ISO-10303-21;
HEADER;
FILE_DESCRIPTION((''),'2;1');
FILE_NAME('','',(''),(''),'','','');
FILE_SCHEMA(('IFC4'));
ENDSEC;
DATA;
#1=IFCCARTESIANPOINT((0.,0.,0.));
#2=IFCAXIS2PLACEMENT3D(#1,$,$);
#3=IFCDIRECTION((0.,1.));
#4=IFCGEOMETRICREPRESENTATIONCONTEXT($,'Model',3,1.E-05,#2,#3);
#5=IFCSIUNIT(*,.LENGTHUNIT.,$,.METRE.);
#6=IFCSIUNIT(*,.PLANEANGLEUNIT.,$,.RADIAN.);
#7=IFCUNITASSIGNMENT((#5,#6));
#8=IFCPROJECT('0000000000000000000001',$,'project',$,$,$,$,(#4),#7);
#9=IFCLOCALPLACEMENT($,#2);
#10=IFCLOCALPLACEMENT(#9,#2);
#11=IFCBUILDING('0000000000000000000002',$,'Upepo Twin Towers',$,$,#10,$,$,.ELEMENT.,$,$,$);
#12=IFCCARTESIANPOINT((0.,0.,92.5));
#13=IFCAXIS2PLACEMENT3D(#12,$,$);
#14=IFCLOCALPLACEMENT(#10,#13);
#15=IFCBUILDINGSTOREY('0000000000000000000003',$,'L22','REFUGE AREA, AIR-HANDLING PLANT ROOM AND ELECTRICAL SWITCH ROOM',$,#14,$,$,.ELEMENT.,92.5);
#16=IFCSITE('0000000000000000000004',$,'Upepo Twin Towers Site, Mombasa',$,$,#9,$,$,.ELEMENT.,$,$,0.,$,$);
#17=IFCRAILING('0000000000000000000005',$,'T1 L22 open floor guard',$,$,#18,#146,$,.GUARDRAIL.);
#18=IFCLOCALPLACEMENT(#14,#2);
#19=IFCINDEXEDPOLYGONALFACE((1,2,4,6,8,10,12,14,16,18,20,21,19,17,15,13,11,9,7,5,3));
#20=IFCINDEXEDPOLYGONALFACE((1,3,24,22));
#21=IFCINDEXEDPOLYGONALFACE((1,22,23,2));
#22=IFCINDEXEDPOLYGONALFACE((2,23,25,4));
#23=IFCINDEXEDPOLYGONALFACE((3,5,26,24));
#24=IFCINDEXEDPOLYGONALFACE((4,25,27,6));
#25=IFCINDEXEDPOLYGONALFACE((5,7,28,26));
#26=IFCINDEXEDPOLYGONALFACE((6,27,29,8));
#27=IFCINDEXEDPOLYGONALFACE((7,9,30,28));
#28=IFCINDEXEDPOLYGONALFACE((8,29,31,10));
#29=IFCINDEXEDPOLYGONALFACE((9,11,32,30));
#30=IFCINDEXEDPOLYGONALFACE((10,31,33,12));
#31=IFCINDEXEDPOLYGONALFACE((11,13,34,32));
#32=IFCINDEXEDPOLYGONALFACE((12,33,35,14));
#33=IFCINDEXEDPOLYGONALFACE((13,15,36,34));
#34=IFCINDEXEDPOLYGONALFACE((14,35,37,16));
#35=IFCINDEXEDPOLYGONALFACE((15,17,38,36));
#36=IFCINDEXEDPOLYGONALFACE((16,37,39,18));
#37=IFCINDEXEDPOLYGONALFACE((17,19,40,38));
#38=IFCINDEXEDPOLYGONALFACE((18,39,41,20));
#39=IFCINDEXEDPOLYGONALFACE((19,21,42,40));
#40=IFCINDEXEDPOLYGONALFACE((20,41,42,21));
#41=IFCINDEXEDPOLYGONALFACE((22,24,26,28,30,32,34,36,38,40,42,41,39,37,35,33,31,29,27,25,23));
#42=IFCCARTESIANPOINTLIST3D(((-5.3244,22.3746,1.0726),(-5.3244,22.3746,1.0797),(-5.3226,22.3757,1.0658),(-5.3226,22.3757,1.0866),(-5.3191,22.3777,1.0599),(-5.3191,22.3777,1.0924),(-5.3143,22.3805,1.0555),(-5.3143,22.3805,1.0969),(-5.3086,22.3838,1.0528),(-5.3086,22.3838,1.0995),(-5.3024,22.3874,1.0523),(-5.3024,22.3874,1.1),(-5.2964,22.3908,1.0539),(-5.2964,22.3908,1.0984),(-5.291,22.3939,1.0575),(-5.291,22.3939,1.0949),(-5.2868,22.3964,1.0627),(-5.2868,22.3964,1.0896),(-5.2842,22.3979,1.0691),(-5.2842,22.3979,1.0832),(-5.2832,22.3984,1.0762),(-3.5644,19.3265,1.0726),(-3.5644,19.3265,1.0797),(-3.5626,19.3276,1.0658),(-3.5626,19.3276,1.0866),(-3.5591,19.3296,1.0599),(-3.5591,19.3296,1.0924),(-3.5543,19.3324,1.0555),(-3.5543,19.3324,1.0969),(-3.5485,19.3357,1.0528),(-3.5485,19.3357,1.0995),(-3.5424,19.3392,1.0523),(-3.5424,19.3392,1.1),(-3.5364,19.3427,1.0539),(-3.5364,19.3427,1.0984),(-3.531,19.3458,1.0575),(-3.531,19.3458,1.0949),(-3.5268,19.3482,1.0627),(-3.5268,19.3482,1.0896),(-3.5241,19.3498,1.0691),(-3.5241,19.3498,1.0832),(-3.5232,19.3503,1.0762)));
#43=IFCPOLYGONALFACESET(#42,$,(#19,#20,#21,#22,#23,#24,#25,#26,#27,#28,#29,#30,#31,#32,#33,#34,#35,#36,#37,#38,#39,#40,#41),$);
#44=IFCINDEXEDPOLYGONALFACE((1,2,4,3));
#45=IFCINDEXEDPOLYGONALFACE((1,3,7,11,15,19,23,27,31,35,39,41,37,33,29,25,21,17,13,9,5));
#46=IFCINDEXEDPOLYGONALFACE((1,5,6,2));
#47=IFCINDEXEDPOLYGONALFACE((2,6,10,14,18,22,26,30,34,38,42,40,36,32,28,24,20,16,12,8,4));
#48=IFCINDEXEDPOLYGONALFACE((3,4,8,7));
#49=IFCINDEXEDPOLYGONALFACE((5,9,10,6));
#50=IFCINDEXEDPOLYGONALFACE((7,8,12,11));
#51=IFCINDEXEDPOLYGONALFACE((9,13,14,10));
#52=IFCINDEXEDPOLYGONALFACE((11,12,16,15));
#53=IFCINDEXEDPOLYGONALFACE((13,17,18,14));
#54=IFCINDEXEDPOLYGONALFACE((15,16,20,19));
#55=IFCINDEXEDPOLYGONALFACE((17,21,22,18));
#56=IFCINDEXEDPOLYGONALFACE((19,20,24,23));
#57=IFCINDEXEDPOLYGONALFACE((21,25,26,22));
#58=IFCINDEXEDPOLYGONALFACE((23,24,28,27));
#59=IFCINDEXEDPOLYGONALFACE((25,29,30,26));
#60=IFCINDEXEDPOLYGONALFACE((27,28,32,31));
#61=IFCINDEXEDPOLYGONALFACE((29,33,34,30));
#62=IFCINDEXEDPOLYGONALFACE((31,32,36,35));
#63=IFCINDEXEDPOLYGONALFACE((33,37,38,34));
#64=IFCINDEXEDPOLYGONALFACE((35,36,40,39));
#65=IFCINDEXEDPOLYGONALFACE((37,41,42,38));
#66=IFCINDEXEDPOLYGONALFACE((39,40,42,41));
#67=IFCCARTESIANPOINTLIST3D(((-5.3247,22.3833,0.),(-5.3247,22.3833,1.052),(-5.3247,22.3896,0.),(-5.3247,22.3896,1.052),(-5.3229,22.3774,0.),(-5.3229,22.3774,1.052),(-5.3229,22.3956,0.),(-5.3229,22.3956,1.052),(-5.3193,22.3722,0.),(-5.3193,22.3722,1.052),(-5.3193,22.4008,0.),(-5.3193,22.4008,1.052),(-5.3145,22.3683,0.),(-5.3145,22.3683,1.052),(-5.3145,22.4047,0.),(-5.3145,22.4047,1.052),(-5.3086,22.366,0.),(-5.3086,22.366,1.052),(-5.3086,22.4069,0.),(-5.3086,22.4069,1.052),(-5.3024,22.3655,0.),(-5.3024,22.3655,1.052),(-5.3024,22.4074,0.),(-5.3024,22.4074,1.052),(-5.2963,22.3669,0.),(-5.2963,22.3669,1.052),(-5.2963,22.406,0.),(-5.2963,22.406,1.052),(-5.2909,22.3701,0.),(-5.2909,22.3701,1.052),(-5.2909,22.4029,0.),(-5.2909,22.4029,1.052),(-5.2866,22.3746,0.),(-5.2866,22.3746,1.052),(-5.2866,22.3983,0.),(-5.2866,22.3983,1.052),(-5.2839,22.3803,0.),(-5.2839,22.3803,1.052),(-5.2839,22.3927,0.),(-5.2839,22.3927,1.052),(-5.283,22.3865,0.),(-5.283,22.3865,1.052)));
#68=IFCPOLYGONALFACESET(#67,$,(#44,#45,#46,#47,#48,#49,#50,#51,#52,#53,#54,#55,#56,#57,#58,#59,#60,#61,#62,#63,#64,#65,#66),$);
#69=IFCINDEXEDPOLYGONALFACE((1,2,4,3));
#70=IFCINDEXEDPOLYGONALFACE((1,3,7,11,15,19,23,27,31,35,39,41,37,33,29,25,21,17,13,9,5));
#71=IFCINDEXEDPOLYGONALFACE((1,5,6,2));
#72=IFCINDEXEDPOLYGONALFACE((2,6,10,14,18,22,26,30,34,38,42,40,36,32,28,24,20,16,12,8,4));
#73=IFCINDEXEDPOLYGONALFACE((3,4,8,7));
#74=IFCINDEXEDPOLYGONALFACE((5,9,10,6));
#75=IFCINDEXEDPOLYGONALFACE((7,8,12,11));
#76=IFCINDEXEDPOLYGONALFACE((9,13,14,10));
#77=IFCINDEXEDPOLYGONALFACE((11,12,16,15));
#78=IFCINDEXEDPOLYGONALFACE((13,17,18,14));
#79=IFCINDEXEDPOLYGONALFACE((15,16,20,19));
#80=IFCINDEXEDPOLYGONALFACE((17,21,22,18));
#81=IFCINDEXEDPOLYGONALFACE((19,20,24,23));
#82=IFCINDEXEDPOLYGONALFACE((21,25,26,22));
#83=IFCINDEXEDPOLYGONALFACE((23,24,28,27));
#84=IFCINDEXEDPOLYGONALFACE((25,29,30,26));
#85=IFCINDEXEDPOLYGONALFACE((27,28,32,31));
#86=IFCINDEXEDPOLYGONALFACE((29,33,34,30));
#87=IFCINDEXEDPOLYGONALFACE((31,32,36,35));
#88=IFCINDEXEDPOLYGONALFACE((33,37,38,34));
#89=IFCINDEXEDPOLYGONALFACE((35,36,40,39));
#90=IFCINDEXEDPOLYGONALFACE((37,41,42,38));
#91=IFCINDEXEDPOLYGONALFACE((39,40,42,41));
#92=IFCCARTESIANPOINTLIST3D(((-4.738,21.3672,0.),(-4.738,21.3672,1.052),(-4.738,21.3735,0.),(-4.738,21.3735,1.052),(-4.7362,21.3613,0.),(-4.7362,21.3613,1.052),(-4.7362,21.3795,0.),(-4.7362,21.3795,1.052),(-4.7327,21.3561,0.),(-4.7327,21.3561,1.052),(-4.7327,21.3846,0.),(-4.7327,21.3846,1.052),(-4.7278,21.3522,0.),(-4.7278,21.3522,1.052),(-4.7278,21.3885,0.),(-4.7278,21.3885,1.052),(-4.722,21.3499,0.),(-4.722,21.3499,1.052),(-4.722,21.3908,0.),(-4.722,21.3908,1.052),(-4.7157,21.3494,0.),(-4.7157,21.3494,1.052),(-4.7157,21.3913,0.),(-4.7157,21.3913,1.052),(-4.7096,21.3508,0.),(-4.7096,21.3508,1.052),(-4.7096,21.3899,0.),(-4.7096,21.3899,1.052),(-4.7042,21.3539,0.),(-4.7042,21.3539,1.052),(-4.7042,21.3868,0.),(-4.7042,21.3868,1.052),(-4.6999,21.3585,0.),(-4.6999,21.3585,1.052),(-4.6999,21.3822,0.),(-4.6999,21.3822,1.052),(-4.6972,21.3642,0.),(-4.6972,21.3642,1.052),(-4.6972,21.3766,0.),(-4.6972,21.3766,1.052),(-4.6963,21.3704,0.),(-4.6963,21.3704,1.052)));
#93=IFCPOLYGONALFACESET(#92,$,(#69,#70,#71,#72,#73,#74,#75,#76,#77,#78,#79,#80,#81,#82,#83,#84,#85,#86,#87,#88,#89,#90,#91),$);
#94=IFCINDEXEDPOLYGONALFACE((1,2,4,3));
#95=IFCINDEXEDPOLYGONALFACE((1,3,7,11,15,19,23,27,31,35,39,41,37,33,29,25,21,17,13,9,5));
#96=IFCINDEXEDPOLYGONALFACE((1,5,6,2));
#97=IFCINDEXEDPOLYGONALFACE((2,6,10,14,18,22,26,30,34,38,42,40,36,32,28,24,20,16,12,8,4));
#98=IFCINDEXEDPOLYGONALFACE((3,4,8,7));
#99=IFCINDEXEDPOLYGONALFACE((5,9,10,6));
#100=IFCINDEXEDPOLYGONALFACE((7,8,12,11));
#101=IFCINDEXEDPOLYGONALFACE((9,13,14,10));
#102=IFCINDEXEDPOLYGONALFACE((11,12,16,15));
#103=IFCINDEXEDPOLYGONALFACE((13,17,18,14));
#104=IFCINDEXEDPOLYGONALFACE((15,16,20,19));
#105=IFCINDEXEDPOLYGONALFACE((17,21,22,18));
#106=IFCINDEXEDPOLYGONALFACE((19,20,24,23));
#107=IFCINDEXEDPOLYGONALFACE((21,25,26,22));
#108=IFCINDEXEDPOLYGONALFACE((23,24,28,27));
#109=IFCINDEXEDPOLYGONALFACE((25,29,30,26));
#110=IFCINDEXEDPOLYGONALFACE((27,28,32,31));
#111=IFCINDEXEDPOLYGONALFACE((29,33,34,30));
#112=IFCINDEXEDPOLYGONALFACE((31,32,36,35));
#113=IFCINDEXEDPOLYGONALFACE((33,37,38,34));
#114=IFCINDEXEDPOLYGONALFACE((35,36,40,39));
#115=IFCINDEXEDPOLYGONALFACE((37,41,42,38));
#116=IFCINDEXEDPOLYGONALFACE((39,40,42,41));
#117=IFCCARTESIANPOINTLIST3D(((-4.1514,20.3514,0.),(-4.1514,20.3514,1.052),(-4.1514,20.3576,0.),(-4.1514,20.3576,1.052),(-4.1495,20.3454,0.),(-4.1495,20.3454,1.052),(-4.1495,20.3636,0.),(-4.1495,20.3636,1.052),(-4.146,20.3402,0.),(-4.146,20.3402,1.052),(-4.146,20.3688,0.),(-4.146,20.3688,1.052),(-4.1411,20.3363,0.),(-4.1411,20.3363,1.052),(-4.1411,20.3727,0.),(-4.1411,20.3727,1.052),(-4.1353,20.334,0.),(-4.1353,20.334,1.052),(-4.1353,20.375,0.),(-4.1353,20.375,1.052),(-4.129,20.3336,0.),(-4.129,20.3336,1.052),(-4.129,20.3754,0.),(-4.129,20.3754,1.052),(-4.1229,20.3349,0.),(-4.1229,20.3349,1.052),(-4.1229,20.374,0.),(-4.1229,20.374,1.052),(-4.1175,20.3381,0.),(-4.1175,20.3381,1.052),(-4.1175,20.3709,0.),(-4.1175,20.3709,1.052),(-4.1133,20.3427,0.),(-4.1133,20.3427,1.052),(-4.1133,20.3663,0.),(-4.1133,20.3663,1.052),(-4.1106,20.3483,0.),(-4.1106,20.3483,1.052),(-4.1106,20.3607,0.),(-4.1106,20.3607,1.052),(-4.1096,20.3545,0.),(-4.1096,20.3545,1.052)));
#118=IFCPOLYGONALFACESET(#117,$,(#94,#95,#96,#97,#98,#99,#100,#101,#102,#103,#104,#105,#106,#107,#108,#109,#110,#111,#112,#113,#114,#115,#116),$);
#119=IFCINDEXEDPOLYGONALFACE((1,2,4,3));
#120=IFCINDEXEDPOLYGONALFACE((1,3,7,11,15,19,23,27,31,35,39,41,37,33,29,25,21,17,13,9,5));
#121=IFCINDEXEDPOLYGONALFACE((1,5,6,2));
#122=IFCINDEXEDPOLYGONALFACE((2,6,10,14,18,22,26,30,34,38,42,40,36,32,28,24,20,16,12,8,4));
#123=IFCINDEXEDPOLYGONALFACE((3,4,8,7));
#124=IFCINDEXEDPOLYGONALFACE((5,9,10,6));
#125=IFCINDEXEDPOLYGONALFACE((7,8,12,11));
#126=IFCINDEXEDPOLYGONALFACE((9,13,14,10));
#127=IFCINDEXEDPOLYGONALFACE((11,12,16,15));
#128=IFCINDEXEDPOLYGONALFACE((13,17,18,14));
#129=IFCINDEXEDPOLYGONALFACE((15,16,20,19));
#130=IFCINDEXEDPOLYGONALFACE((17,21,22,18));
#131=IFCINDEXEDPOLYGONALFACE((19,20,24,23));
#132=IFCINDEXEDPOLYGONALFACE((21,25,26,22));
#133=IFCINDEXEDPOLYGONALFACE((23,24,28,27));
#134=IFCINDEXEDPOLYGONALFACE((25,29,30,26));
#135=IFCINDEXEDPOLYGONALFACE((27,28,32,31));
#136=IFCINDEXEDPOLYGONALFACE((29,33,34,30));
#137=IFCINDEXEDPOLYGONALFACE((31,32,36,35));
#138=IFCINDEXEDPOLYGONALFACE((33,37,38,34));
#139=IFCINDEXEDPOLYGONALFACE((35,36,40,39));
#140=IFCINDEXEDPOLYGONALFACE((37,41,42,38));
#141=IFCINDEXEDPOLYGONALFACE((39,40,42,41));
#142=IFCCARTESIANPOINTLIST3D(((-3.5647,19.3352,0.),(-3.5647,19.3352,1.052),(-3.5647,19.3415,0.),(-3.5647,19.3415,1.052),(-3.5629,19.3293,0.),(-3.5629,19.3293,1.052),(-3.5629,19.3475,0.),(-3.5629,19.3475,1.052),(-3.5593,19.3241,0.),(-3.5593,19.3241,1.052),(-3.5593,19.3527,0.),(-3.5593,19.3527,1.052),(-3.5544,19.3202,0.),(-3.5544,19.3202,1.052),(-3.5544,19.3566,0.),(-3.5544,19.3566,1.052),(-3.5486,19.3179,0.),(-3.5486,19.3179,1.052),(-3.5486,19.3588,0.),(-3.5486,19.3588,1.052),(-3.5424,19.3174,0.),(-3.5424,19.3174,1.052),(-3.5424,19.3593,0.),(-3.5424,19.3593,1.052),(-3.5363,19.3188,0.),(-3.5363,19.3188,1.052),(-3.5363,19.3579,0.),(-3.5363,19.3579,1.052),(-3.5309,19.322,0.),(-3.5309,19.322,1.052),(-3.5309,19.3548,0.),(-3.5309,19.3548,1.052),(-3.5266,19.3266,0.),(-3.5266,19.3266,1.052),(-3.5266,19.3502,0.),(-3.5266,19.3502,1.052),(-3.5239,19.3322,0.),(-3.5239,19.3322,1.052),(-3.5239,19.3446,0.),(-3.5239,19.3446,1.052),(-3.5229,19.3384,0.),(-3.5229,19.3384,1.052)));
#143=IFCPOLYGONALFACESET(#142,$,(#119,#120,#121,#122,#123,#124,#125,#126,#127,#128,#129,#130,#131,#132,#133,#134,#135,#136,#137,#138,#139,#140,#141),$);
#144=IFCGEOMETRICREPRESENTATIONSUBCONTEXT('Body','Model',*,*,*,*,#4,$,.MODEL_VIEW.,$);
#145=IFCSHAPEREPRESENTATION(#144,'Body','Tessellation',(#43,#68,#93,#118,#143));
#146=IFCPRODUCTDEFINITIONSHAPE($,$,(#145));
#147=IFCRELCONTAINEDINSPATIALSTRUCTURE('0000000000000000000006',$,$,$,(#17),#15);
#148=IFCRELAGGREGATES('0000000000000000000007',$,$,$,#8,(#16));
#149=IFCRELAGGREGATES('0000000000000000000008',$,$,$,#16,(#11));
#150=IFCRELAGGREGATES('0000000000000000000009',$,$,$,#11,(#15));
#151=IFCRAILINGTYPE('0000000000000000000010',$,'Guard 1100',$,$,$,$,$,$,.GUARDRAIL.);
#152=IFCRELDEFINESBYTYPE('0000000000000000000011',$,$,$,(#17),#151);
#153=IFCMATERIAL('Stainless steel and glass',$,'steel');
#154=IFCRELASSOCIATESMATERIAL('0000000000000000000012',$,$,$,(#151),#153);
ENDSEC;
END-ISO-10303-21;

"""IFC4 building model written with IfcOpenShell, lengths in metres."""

from ifc_helpers import new_model, si_unit, direction, frame, origin, origin_2d, place, context, subcontext, project, spatial, circle, extrude, material, type_object, element, save


model = new_model("IFC4")

# Units and contexts
model_context = context("Model", 3, precision=1e-05, world=origin(), true_north=direction((0.0, 1.0)))
body_context = subcontext(model_context, "Body", "Model", "MODEL_VIEW")
ifc_project = project(units=[si_unit("LENGTHUNIT", "METRE"), si_unit("PLANEANGLEUNIT", "RADIAN")], contexts=[model_context])

# Site, building, storey
site_placement = place(None, origin())
site = spatial("IfcSite", under=ifc_project, at=site_placement, Name="Upepo Twin Towers Site, Mombasa", CompositionType="ELEMENT", RefElevation=0.0)
building_placement = place(site_placement, origin())
building = spatial("IfcBuilding", under=site, at=building_placement, Name="Upepo Twin Towers", CompositionType="ELEMENT")
storey_placement = place(building_placement, frame((0.0, 0.0, 92.5)))
storey = spatial("IfcBuildingStorey", under=building, at=storey_placement, Name="L22", Description="REFUGE AREA, AIR-HANDLING PLANT ROOM AND ELECTRICAL SWITCH ROOM", CompositionType="ELEMENT", Elevation=92.5)

# Railing
ifc_material_1 = material(Name="Stainless steel and glass", Category="steel")
railing_type = type_object("IfcRailingType", Name="Guard 1100", PredefinedType="GUARDRAIL", material=ifc_material_1)
for number, where, name in (
    (1, (-5.304, 22.3865, 0.0), "T1 L22 open floor guard"),
):
    element("IfcRailing", number, at=place(storey_placement, frame(where)), inside=storey, type_object=railing_type, Name=name, PredefinedType="GUARDRAIL", context=body_context, shape_type="SweptSolid", body=[
        extrude(circle(Radius=0.0239, at=origin_2d()), frame((0.0, 0.0, 1.0762), z_axis=(0.500041, -0.866002, 0.0), x_axis=(0.866002, 0.500041, 0.0)), (0.0, 0.0, 1.0), 3.5198),
        extrude(circle(Radius=0.021, at=origin_2d()), origin(), (0.0, 0.0, 1.0), 1.052),
        extrude(circle(Radius=0.021, at=origin_2d()), frame((0.5867, -1.0161, 0.0)), (0.0, 0.0, 1.0), 1.052),
        extrude(circle(Radius=0.021, at=origin_2d()), frame((1.1733, -2.032, 0.0)), (0.0, 0.0, 1.0), 1.052),
        extrude(circle(Radius=0.021, at=origin_2d()), frame((1.76, -3.0481, 0.0)), (0.0, 0.0, 1.0), 1.052),
    ])

save(model, "model.ifc")
